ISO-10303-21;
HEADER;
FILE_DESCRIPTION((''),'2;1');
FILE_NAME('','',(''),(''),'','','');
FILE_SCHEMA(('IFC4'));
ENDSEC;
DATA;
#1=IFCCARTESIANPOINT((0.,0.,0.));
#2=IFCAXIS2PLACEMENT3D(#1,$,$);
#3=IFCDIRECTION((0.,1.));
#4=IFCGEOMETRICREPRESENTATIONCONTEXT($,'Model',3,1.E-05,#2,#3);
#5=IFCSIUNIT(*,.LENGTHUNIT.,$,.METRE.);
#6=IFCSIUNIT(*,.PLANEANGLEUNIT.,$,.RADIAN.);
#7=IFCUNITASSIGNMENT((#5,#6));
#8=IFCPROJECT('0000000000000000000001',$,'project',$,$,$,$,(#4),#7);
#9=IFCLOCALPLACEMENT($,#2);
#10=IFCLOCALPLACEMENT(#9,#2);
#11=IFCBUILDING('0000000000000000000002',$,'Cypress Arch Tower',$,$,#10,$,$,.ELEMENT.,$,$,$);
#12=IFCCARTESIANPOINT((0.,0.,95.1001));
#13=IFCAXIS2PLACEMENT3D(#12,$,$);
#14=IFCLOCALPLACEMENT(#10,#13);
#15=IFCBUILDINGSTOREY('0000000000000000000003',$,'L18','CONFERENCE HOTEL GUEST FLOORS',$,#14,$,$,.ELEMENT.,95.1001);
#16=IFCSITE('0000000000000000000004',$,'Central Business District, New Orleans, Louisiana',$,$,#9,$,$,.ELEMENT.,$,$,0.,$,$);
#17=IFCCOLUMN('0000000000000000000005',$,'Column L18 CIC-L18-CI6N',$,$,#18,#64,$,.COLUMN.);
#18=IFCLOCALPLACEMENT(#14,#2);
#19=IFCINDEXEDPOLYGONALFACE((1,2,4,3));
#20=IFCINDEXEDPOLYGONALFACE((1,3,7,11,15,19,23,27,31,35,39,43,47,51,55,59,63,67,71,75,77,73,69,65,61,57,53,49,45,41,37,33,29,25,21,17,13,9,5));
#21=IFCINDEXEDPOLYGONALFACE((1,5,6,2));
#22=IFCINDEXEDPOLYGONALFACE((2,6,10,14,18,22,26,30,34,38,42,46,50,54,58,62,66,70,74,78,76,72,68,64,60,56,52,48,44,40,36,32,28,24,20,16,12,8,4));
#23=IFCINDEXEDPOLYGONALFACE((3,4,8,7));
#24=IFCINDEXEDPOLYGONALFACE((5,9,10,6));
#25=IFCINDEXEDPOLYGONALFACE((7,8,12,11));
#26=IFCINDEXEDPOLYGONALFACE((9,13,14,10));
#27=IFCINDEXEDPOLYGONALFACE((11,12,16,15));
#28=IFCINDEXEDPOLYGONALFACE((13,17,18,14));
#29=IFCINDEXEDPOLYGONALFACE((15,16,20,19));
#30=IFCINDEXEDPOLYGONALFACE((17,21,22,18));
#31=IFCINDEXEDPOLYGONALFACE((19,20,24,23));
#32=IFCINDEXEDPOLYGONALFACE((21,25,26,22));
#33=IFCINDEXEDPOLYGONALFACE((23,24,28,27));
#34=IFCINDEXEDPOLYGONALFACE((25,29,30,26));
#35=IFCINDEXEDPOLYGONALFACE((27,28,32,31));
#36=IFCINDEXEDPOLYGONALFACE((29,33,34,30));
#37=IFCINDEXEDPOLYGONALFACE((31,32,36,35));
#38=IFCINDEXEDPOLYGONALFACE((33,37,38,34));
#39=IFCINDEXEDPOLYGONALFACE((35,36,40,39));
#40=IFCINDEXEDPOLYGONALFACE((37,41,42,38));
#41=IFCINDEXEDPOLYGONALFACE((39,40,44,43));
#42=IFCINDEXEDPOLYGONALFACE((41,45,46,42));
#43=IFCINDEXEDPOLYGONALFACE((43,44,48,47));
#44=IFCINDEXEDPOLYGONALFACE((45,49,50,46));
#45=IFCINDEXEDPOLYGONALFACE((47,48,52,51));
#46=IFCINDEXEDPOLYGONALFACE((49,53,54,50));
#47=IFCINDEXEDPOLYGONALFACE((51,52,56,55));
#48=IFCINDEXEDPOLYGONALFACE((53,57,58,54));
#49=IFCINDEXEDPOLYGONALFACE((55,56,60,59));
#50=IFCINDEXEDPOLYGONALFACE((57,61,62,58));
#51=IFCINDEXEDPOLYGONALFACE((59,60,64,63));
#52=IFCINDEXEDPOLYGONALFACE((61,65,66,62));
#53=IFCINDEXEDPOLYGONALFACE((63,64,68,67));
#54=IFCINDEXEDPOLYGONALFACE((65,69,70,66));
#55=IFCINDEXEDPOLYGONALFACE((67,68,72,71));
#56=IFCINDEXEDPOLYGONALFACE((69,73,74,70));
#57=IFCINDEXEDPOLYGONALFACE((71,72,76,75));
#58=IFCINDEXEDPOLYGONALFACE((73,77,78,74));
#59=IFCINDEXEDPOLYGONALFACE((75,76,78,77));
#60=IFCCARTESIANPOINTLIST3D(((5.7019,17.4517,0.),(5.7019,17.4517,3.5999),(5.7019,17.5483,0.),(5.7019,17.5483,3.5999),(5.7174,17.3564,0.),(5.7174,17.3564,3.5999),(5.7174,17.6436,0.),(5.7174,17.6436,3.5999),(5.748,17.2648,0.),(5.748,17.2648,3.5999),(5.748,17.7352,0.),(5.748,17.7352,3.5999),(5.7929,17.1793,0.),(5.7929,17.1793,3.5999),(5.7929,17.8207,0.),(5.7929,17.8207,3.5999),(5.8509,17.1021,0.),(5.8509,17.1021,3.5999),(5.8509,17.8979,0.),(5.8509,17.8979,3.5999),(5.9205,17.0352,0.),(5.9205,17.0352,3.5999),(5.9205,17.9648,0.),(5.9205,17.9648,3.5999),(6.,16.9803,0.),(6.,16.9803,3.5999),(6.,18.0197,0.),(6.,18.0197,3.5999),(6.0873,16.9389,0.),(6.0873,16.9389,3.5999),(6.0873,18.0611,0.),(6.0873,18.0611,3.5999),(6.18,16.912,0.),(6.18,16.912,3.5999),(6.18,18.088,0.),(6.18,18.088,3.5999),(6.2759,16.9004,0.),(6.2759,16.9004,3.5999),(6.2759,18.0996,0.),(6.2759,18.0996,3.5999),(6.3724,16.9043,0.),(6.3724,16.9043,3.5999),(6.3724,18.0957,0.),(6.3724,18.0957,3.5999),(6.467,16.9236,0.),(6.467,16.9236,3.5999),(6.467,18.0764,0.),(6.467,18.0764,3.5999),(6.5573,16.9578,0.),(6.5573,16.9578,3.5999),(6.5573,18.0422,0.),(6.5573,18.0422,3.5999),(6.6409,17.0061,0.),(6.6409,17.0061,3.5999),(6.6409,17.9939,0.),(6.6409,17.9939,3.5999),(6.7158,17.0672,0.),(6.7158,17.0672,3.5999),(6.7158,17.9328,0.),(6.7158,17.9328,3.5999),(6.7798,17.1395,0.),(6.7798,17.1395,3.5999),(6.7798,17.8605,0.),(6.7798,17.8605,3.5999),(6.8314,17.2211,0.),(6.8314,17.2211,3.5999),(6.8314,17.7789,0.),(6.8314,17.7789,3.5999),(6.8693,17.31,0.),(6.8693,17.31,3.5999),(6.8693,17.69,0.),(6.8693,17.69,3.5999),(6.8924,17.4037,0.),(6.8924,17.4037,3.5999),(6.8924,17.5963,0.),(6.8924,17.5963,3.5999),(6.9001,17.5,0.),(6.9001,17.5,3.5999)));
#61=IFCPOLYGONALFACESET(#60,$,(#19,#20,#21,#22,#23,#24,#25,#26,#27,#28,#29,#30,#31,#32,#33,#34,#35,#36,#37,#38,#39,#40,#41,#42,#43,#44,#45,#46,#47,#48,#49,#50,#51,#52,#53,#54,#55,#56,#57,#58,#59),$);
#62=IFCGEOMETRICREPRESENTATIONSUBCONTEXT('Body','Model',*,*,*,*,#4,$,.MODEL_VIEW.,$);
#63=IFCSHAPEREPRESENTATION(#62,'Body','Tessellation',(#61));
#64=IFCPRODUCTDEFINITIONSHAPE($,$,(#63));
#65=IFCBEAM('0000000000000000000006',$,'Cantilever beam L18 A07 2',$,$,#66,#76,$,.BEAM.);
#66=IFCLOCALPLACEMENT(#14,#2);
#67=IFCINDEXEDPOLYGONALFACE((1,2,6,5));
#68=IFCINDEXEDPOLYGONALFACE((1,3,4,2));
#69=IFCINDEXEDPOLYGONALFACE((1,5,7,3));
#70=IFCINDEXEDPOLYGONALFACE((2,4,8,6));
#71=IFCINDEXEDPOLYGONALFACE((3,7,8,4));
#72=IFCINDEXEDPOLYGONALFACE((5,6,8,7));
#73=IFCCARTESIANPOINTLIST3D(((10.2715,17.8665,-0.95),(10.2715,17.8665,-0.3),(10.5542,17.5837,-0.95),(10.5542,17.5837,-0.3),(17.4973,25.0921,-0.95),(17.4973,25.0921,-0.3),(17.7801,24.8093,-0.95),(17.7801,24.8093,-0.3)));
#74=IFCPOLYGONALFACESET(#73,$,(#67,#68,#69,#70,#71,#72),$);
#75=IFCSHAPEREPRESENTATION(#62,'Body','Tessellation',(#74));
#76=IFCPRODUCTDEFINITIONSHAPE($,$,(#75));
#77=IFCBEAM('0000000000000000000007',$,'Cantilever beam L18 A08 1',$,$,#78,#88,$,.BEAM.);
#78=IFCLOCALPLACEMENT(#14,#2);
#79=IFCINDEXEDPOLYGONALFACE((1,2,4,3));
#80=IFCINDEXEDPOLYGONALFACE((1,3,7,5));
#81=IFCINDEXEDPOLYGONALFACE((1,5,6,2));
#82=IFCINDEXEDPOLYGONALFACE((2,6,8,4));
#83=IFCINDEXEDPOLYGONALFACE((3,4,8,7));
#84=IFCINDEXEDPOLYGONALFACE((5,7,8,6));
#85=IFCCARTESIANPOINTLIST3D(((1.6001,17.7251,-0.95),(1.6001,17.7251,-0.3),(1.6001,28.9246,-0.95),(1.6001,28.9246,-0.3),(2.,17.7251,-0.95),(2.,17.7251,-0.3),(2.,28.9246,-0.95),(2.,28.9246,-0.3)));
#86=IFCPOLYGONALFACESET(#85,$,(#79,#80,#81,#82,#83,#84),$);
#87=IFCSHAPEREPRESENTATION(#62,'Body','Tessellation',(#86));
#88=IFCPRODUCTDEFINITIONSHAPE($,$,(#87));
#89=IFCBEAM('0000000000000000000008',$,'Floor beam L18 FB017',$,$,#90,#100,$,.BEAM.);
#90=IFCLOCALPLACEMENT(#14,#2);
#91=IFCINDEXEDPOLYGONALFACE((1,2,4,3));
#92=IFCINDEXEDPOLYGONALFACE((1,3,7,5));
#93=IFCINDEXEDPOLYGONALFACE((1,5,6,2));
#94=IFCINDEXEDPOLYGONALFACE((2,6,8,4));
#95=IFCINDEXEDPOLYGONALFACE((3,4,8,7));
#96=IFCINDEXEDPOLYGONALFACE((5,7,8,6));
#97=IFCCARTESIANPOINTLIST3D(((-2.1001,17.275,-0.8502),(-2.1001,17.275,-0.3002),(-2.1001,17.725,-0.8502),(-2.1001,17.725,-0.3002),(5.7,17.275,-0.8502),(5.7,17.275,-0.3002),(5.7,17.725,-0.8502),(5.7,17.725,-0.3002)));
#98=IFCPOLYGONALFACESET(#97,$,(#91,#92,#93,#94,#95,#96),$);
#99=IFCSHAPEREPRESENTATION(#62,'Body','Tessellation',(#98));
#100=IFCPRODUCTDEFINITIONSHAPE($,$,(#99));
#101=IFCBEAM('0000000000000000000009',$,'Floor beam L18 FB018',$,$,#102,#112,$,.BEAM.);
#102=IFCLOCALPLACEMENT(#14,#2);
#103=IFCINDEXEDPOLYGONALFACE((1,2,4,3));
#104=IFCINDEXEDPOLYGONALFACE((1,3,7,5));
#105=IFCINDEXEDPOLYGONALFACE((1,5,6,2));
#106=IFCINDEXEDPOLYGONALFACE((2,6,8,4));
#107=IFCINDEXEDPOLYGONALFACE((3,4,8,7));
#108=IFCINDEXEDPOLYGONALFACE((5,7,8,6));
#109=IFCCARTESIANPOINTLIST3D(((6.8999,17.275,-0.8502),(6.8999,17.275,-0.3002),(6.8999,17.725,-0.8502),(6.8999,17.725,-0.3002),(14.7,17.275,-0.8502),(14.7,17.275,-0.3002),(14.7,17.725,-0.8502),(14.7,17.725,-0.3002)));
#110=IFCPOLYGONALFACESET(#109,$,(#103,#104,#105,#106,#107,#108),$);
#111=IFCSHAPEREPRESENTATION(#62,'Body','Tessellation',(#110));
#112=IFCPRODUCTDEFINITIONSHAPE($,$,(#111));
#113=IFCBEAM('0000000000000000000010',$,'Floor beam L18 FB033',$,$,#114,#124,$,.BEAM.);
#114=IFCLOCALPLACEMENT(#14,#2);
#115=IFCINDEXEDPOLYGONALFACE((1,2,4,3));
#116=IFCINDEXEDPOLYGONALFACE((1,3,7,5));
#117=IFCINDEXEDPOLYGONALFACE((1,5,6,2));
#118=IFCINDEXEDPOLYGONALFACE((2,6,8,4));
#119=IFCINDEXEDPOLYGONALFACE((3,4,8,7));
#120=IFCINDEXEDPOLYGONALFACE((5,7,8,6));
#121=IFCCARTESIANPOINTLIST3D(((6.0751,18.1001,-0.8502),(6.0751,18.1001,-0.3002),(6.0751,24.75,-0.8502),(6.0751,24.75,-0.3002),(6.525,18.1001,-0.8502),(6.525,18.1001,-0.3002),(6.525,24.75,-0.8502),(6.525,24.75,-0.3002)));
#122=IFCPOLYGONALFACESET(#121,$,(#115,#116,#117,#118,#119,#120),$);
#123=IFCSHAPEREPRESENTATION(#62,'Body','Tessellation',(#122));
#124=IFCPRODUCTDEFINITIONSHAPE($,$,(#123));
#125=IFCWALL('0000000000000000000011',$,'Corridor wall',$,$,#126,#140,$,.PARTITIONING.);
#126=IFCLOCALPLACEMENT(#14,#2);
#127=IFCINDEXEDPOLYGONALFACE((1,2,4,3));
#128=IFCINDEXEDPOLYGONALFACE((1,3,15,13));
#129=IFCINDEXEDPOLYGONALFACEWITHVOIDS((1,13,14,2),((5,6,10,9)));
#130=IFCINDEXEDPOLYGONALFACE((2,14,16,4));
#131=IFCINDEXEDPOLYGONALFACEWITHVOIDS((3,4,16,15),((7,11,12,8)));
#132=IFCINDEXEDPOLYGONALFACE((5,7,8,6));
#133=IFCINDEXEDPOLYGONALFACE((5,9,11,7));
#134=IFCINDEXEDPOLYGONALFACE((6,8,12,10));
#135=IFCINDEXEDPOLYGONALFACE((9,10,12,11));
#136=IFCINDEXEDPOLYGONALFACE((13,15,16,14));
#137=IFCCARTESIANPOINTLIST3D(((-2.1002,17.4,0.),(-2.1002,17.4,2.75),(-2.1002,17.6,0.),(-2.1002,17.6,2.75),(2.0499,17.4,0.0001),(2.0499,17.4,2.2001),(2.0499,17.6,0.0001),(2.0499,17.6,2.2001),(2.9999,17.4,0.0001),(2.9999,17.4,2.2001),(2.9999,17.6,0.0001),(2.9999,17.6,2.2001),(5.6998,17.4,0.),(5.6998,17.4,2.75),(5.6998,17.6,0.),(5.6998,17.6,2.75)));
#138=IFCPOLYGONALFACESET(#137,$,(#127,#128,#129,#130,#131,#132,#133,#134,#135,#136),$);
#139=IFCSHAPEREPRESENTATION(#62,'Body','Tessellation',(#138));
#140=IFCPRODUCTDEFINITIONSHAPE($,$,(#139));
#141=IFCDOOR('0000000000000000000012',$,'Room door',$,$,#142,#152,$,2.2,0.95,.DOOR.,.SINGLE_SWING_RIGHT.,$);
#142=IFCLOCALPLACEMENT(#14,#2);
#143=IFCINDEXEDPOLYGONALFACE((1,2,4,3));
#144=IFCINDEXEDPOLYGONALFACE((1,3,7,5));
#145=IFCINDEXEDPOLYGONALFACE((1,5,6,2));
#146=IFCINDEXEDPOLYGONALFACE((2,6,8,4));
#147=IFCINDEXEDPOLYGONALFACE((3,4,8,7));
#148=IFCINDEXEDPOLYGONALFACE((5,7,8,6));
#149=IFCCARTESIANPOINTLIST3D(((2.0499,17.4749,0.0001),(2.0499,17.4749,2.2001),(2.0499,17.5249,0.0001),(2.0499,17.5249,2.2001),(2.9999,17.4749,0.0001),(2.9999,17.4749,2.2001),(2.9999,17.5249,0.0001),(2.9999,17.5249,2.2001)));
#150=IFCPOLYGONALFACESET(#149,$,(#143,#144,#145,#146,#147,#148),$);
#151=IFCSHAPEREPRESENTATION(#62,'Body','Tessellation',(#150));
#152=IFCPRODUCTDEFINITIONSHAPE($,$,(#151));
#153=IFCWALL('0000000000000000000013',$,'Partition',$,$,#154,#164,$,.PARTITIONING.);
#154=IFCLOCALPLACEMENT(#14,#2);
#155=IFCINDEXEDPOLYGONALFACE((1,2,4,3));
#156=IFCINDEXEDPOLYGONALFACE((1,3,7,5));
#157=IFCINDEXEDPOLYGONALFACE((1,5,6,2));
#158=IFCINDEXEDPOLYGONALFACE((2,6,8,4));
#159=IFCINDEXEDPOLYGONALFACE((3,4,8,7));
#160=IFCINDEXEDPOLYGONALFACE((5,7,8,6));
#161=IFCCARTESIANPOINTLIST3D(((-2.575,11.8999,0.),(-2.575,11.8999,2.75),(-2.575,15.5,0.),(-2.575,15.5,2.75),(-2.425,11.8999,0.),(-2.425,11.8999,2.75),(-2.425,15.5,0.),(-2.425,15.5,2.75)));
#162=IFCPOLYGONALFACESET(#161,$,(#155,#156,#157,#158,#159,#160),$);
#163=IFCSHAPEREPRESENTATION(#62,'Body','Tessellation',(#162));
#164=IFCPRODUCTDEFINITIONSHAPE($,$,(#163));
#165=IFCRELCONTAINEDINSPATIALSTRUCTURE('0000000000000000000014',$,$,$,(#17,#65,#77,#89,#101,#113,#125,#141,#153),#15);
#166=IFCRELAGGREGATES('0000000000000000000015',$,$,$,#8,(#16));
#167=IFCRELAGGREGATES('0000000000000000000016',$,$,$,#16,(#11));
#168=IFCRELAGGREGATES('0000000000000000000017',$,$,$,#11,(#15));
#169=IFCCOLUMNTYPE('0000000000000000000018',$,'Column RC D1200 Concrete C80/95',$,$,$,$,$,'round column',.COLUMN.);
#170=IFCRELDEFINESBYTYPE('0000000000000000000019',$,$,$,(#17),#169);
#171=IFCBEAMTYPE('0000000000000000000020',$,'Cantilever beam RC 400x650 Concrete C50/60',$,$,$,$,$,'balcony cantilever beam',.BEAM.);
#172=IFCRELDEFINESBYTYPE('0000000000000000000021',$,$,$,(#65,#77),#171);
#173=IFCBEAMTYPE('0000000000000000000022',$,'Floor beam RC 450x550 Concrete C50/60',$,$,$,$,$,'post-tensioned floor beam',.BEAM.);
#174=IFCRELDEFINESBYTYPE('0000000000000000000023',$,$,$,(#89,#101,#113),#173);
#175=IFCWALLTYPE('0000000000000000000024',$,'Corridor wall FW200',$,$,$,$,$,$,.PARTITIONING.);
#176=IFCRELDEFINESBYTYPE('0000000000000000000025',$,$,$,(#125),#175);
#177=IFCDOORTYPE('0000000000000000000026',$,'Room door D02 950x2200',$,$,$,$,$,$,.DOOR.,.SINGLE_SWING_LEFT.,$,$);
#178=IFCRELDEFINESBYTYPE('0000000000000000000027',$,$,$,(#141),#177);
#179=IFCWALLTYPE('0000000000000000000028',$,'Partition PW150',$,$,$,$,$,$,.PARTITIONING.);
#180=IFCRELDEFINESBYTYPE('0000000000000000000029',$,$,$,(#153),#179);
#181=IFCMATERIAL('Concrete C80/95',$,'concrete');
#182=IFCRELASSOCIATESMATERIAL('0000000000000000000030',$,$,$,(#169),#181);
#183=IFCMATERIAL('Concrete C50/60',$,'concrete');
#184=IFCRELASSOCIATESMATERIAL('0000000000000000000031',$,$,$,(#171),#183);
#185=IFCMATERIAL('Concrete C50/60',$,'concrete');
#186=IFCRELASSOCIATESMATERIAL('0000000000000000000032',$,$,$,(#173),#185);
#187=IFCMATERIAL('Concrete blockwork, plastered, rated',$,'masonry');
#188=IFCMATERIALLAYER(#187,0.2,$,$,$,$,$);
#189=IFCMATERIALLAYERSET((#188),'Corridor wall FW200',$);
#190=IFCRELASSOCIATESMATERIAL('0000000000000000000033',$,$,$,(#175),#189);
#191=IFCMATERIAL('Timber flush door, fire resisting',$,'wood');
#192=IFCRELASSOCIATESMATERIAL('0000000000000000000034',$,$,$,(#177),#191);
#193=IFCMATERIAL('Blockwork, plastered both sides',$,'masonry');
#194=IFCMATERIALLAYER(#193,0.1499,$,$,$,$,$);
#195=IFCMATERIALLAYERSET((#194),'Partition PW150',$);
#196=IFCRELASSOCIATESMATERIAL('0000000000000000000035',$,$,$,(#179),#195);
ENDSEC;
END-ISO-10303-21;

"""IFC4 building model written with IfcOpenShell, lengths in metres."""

from ifc_helpers import new_model, si_unit, direction, frame, frame_2d, origin, origin_2d, place, context, subcontext, project, spatial, rectangle, circle, extrude, material, layer, layer_set, material_profile, profile_set, type_object, element, fill, save


model = new_model("IFC4")

# Units and contexts
model_context = context("Model", 3, precision=1e-05, world=origin(), true_north=direction((0.0, 1.0)))
body_context = subcontext(model_context, "Body", "Model", "MODEL_VIEW")
ifc_project = project(units=[si_unit("LENGTHUNIT", "METRE"), si_unit("PLANEANGLEUNIT", "RADIAN")], contexts=[model_context])

# Site, building, storey
site_placement = place(None, origin())
site = spatial("IfcSite", under=ifc_project, at=site_placement, Name="Central Business District, New Orleans, Louisiana", CompositionType="ELEMENT", RefElevation=0.0)
building_placement = place(site_placement, origin())
building = spatial("IfcBuilding", under=site, at=building_placement, Name="Cypress Arch Tower", CompositionType="ELEMENT")
storey_placement = place(building_placement, frame((0.0, 0.0, 95.1001)))
storey = spatial("IfcBuildingStorey", under=building, at=storey_placement, Name="L18", Description="CONFERENCE HOTEL GUEST FLOORS", CompositionType="ELEMENT", Elevation=95.1001)

# Column
ifc_material_1 = material(Name="Concrete C80/95", Category="concrete")
ifc_material_profile_1 = material_profile(ifc_material_1, circle(Radius=0.6001, at=origin_2d()), Name="RC D1200")
ifc_profile_set_1 = profile_set([ifc_material_profile_1], Name="Concrete C80/95")
column_type = type_object("IfcColumnType", Name="Column RC D1200 Concrete C80/95", ElementType="round column", PredefinedType="COLUMN", material=ifc_profile_set_1)
column_placement = place(storey_placement, frame((6.3, 17.5, 0.0), z_axis=(0.0, 0.0, 1.0), x_axis=(1.0, 0.0, 0.0)))
element("IfcColumn", 1, at=column_placement, inside=storey, type_object=column_type, Name="Column L18 CIC-L18-CI6N", PredefinedType="COLUMN", context=body_context, shape_type="SweptSolid", body=[
    extrude(circle(Radius=0.6001, at=origin_2d()), origin(), (0.0, 0.0, 1.0), 3.5999),
])

# Beams
ifc_material_2 = material(Name="Concrete C50/60", Category="concrete")
ifc_material_profile_2 = material_profile(ifc_material_2, rectangle(XDim=0.3999, YDim=0.6499, at=origin_2d()), Name="RC 400x650")
ifc_profile_set_2 = profile_set([ifc_material_profile_2], Name="Concrete C50/60")
beam_type_1 = type_object("IfcBeamType", Name="Cantilever beam RC 400x650 Concrete C50/60", ElementType="balcony cantilever beam", PredefinedType="BEAM", material=ifc_profile_set_2)
beam_1_placement = place(storey_placement, frame((10.4128, 17.7251, -0.625), z_axis=(0.707119, 0.707095, 0.0), x_axis=(-0.707095, 0.707119, 0.0)))
element("IfcBeam", 2, at=beam_1_placement, inside=storey, type_object=beam_type_1, Name="Cantilever beam L18 A07 2", PredefinedType="BEAM", context=body_context, shape_type="SweptSolid", body=[
    extrude(rectangle(XDim=0.3999, YDim=0.6499, at=origin_2d()), origin(), (0.0, 0.0, 1.0), 10.2188),
])
beam_2_placement = place(storey_placement, frame((1.8, 17.7251, -0.625), z_axis=(0.0, 1.0, 0.0), x_axis=(-1.0, 0.0, 0.0)))
element("IfcBeam", 3, at=beam_2_placement, inside=storey, type_object=beam_type_1, Name="Cantilever beam L18 A08 1", PredefinedType="BEAM", context=body_context, shape_type="SweptSolid", body=[
    extrude(rectangle(XDim=0.3999, YDim=0.6499, at=origin_2d()), origin(), (0.0, 0.0, 1.0), 11.1995),
])
ifc_material_3 = material(Name="Concrete C50/60", Category="concrete")
ifc_material_profile_3 = material_profile(ifc_material_3, rectangle(XDim=0.45, YDim=0.55, at=origin_2d()), Name="RC 450x550")
ifc_profile_set_3 = profile_set([ifc_material_profile_3], Name="Concrete C50/60")
beam_type_2 = type_object("IfcBeamType", Name="Floor beam RC 450x550 Concrete C50/60", ElementType="post-tensioned floor beam", PredefinedType="BEAM", material=ifc_profile_set_3)
for number, where, z_axis, x_axis, name in (
    (4, (-2.1001, 17.5, -0.5752), (1.0, 0.0, 0.0), (0.0, 1.0, 0.0), "Floor beam L18 FB017"),
    (5, (6.8999, 17.5, -0.5752), (1.0, 0.0, 0.0), (0.0, 1.0, 0.0), "Floor beam L18 FB018"),
):
    element("IfcBeam", number, at=place(storey_placement, frame(where, z_axis=z_axis, x_axis=x_axis)), inside=storey, type_object=beam_type_2, Name=name, PredefinedType="BEAM", context=body_context, shape_type="SweptSolid", body=[
        extrude(rectangle(XDim=0.45, YDim=0.55, at=origin_2d()), origin(), (0.0, 0.0, 1.0), 7.8),
    ])
beam_3_placement = place(storey_placement, frame((6.3, 18.1001, -0.5752), z_axis=(0.0, 1.0, 0.0), x_axis=(-1.0, 0.0, 0.0)))
element("IfcBeam", 6, at=beam_3_placement, inside=storey, type_object=beam_type_2, Name="Floor beam L18 FB033", PredefinedType="BEAM", context=body_context, shape_type="SweptSolid", body=[
    extrude(rectangle(XDim=0.45, YDim=0.55, at=origin_2d()), origin(), (0.0, 0.0, 1.0), 6.6499),
])

# Wall, opening, door
ifc_material_4 = material(Name="Concrete blockwork, plastered, rated", Category="masonry")
ifc_layer_1 = layer(ifc_material_4, 0.2)
ifc_layer_set_1 = layer_set([ifc_layer_1], Name="Corridor wall FW200")
wall_type_1 = type_object("IfcWallType", Name="Corridor wall FW200", PredefinedType="PARTITIONING", material=ifc_layer_set_1)
wall_1_placement = place(storey_placement, frame((-2.1001, 17.5, 0.0), z_axis=(0.0, 0.0, 1.0), x_axis=(1.0, 0.0, 0.0)))
wall_1 = element("IfcWall", 7, at=wall_1_placement, inside=storey, type_object=wall_type_1, Name="Corridor wall", PredefinedType="PARTITIONING", context=body_context, shape_type="SweptSolid", body=[
    extrude(rectangle(XDim=7.8, YDim=0.2, at=frame_2d((3.8999, 0.0))), origin(), (0.0, 0.0, 1.0), 2.75),
])
opening_1_placement = place(wall_1_placement, frame((4.1499, 0.0, 0.0)))
opening_1 = element("IfcOpeningElement", 8, at=opening_1_placement, cuts=wall_1, PredefinedType="OPENING", context=body_context, shape_type="SweptSolid", body=[
    extrude(rectangle(XDim=0.95, YDim=2.2, at=frame_2d((0.4751, 1.1001))), frame((0.0, 0.1099, 0.0), z_axis=(0.0, -1.0, 0.0), x_axis=(1.0, 0.0, 0.0)), (0.0, 0.0, 1.0), 0.22),
])
ifc_material_5 = material(Name="Timber flush door, fire resisting", Category="wood")
door_type_1 = type_object("IfcDoorType", Name="Room door D02 950x2200", OperationType="SINGLE_SWING_LEFT", PredefinedType="DOOR", material=ifc_material_5)
door_1_placement = place(opening_1_placement, origin())
door_1 = element("IfcDoor", 9, at=door_1_placement, inside=storey, type_object=door_type_1, Name="Room door", OperationType="SINGLE_SWING_RIGHT", OverallHeight=2.2, OverallWidth=0.95, PredefinedType="DOOR", context=body_context, shape_type="SweptSolid", body=[
    extrude(rectangle(XDim=0.95, YDim=2.2, at=frame_2d((0.4751, 1.1001))), frame((0.0, 0.0249, 0.0), z_axis=(0.0, -1.0, 0.0), x_axis=(1.0, 0.0, 0.0)), (0.0, 0.0, 1.0), 0.05),
])
fill(opening_1, door_1)

# Wall
ifc_material_6 = material(Name="Blockwork, plastered both sides", Category="masonry")
ifc_layer_2 = layer(ifc_material_6, 0.1499)
ifc_layer_set_2 = layer_set([ifc_layer_2], Name="Partition PW150")
wall_type_2 = type_object("IfcWallType", Name="Partition PW150", PredefinedType="PARTITIONING", material=ifc_layer_set_2)
wall_2_placement = place(storey_placement, frame((-2.5, 11.8999, 0.0), z_axis=(0.0, 0.0, 1.0), x_axis=(0.0, 1.0, 0.0)))
element("IfcWall", 10, at=wall_2_placement, inside=storey, type_object=wall_type_2, Name="Partition", PredefinedType="PARTITIONING", context=body_context, shape_type="SweptSolid", body=[
    extrude(rectangle(XDim=3.6001, YDim=0.1499, at=frame_2d((1.8, 0.0))), origin(), (0.0, 0.0, 1.0), 2.75),
])

save(model, "model.ifc")
